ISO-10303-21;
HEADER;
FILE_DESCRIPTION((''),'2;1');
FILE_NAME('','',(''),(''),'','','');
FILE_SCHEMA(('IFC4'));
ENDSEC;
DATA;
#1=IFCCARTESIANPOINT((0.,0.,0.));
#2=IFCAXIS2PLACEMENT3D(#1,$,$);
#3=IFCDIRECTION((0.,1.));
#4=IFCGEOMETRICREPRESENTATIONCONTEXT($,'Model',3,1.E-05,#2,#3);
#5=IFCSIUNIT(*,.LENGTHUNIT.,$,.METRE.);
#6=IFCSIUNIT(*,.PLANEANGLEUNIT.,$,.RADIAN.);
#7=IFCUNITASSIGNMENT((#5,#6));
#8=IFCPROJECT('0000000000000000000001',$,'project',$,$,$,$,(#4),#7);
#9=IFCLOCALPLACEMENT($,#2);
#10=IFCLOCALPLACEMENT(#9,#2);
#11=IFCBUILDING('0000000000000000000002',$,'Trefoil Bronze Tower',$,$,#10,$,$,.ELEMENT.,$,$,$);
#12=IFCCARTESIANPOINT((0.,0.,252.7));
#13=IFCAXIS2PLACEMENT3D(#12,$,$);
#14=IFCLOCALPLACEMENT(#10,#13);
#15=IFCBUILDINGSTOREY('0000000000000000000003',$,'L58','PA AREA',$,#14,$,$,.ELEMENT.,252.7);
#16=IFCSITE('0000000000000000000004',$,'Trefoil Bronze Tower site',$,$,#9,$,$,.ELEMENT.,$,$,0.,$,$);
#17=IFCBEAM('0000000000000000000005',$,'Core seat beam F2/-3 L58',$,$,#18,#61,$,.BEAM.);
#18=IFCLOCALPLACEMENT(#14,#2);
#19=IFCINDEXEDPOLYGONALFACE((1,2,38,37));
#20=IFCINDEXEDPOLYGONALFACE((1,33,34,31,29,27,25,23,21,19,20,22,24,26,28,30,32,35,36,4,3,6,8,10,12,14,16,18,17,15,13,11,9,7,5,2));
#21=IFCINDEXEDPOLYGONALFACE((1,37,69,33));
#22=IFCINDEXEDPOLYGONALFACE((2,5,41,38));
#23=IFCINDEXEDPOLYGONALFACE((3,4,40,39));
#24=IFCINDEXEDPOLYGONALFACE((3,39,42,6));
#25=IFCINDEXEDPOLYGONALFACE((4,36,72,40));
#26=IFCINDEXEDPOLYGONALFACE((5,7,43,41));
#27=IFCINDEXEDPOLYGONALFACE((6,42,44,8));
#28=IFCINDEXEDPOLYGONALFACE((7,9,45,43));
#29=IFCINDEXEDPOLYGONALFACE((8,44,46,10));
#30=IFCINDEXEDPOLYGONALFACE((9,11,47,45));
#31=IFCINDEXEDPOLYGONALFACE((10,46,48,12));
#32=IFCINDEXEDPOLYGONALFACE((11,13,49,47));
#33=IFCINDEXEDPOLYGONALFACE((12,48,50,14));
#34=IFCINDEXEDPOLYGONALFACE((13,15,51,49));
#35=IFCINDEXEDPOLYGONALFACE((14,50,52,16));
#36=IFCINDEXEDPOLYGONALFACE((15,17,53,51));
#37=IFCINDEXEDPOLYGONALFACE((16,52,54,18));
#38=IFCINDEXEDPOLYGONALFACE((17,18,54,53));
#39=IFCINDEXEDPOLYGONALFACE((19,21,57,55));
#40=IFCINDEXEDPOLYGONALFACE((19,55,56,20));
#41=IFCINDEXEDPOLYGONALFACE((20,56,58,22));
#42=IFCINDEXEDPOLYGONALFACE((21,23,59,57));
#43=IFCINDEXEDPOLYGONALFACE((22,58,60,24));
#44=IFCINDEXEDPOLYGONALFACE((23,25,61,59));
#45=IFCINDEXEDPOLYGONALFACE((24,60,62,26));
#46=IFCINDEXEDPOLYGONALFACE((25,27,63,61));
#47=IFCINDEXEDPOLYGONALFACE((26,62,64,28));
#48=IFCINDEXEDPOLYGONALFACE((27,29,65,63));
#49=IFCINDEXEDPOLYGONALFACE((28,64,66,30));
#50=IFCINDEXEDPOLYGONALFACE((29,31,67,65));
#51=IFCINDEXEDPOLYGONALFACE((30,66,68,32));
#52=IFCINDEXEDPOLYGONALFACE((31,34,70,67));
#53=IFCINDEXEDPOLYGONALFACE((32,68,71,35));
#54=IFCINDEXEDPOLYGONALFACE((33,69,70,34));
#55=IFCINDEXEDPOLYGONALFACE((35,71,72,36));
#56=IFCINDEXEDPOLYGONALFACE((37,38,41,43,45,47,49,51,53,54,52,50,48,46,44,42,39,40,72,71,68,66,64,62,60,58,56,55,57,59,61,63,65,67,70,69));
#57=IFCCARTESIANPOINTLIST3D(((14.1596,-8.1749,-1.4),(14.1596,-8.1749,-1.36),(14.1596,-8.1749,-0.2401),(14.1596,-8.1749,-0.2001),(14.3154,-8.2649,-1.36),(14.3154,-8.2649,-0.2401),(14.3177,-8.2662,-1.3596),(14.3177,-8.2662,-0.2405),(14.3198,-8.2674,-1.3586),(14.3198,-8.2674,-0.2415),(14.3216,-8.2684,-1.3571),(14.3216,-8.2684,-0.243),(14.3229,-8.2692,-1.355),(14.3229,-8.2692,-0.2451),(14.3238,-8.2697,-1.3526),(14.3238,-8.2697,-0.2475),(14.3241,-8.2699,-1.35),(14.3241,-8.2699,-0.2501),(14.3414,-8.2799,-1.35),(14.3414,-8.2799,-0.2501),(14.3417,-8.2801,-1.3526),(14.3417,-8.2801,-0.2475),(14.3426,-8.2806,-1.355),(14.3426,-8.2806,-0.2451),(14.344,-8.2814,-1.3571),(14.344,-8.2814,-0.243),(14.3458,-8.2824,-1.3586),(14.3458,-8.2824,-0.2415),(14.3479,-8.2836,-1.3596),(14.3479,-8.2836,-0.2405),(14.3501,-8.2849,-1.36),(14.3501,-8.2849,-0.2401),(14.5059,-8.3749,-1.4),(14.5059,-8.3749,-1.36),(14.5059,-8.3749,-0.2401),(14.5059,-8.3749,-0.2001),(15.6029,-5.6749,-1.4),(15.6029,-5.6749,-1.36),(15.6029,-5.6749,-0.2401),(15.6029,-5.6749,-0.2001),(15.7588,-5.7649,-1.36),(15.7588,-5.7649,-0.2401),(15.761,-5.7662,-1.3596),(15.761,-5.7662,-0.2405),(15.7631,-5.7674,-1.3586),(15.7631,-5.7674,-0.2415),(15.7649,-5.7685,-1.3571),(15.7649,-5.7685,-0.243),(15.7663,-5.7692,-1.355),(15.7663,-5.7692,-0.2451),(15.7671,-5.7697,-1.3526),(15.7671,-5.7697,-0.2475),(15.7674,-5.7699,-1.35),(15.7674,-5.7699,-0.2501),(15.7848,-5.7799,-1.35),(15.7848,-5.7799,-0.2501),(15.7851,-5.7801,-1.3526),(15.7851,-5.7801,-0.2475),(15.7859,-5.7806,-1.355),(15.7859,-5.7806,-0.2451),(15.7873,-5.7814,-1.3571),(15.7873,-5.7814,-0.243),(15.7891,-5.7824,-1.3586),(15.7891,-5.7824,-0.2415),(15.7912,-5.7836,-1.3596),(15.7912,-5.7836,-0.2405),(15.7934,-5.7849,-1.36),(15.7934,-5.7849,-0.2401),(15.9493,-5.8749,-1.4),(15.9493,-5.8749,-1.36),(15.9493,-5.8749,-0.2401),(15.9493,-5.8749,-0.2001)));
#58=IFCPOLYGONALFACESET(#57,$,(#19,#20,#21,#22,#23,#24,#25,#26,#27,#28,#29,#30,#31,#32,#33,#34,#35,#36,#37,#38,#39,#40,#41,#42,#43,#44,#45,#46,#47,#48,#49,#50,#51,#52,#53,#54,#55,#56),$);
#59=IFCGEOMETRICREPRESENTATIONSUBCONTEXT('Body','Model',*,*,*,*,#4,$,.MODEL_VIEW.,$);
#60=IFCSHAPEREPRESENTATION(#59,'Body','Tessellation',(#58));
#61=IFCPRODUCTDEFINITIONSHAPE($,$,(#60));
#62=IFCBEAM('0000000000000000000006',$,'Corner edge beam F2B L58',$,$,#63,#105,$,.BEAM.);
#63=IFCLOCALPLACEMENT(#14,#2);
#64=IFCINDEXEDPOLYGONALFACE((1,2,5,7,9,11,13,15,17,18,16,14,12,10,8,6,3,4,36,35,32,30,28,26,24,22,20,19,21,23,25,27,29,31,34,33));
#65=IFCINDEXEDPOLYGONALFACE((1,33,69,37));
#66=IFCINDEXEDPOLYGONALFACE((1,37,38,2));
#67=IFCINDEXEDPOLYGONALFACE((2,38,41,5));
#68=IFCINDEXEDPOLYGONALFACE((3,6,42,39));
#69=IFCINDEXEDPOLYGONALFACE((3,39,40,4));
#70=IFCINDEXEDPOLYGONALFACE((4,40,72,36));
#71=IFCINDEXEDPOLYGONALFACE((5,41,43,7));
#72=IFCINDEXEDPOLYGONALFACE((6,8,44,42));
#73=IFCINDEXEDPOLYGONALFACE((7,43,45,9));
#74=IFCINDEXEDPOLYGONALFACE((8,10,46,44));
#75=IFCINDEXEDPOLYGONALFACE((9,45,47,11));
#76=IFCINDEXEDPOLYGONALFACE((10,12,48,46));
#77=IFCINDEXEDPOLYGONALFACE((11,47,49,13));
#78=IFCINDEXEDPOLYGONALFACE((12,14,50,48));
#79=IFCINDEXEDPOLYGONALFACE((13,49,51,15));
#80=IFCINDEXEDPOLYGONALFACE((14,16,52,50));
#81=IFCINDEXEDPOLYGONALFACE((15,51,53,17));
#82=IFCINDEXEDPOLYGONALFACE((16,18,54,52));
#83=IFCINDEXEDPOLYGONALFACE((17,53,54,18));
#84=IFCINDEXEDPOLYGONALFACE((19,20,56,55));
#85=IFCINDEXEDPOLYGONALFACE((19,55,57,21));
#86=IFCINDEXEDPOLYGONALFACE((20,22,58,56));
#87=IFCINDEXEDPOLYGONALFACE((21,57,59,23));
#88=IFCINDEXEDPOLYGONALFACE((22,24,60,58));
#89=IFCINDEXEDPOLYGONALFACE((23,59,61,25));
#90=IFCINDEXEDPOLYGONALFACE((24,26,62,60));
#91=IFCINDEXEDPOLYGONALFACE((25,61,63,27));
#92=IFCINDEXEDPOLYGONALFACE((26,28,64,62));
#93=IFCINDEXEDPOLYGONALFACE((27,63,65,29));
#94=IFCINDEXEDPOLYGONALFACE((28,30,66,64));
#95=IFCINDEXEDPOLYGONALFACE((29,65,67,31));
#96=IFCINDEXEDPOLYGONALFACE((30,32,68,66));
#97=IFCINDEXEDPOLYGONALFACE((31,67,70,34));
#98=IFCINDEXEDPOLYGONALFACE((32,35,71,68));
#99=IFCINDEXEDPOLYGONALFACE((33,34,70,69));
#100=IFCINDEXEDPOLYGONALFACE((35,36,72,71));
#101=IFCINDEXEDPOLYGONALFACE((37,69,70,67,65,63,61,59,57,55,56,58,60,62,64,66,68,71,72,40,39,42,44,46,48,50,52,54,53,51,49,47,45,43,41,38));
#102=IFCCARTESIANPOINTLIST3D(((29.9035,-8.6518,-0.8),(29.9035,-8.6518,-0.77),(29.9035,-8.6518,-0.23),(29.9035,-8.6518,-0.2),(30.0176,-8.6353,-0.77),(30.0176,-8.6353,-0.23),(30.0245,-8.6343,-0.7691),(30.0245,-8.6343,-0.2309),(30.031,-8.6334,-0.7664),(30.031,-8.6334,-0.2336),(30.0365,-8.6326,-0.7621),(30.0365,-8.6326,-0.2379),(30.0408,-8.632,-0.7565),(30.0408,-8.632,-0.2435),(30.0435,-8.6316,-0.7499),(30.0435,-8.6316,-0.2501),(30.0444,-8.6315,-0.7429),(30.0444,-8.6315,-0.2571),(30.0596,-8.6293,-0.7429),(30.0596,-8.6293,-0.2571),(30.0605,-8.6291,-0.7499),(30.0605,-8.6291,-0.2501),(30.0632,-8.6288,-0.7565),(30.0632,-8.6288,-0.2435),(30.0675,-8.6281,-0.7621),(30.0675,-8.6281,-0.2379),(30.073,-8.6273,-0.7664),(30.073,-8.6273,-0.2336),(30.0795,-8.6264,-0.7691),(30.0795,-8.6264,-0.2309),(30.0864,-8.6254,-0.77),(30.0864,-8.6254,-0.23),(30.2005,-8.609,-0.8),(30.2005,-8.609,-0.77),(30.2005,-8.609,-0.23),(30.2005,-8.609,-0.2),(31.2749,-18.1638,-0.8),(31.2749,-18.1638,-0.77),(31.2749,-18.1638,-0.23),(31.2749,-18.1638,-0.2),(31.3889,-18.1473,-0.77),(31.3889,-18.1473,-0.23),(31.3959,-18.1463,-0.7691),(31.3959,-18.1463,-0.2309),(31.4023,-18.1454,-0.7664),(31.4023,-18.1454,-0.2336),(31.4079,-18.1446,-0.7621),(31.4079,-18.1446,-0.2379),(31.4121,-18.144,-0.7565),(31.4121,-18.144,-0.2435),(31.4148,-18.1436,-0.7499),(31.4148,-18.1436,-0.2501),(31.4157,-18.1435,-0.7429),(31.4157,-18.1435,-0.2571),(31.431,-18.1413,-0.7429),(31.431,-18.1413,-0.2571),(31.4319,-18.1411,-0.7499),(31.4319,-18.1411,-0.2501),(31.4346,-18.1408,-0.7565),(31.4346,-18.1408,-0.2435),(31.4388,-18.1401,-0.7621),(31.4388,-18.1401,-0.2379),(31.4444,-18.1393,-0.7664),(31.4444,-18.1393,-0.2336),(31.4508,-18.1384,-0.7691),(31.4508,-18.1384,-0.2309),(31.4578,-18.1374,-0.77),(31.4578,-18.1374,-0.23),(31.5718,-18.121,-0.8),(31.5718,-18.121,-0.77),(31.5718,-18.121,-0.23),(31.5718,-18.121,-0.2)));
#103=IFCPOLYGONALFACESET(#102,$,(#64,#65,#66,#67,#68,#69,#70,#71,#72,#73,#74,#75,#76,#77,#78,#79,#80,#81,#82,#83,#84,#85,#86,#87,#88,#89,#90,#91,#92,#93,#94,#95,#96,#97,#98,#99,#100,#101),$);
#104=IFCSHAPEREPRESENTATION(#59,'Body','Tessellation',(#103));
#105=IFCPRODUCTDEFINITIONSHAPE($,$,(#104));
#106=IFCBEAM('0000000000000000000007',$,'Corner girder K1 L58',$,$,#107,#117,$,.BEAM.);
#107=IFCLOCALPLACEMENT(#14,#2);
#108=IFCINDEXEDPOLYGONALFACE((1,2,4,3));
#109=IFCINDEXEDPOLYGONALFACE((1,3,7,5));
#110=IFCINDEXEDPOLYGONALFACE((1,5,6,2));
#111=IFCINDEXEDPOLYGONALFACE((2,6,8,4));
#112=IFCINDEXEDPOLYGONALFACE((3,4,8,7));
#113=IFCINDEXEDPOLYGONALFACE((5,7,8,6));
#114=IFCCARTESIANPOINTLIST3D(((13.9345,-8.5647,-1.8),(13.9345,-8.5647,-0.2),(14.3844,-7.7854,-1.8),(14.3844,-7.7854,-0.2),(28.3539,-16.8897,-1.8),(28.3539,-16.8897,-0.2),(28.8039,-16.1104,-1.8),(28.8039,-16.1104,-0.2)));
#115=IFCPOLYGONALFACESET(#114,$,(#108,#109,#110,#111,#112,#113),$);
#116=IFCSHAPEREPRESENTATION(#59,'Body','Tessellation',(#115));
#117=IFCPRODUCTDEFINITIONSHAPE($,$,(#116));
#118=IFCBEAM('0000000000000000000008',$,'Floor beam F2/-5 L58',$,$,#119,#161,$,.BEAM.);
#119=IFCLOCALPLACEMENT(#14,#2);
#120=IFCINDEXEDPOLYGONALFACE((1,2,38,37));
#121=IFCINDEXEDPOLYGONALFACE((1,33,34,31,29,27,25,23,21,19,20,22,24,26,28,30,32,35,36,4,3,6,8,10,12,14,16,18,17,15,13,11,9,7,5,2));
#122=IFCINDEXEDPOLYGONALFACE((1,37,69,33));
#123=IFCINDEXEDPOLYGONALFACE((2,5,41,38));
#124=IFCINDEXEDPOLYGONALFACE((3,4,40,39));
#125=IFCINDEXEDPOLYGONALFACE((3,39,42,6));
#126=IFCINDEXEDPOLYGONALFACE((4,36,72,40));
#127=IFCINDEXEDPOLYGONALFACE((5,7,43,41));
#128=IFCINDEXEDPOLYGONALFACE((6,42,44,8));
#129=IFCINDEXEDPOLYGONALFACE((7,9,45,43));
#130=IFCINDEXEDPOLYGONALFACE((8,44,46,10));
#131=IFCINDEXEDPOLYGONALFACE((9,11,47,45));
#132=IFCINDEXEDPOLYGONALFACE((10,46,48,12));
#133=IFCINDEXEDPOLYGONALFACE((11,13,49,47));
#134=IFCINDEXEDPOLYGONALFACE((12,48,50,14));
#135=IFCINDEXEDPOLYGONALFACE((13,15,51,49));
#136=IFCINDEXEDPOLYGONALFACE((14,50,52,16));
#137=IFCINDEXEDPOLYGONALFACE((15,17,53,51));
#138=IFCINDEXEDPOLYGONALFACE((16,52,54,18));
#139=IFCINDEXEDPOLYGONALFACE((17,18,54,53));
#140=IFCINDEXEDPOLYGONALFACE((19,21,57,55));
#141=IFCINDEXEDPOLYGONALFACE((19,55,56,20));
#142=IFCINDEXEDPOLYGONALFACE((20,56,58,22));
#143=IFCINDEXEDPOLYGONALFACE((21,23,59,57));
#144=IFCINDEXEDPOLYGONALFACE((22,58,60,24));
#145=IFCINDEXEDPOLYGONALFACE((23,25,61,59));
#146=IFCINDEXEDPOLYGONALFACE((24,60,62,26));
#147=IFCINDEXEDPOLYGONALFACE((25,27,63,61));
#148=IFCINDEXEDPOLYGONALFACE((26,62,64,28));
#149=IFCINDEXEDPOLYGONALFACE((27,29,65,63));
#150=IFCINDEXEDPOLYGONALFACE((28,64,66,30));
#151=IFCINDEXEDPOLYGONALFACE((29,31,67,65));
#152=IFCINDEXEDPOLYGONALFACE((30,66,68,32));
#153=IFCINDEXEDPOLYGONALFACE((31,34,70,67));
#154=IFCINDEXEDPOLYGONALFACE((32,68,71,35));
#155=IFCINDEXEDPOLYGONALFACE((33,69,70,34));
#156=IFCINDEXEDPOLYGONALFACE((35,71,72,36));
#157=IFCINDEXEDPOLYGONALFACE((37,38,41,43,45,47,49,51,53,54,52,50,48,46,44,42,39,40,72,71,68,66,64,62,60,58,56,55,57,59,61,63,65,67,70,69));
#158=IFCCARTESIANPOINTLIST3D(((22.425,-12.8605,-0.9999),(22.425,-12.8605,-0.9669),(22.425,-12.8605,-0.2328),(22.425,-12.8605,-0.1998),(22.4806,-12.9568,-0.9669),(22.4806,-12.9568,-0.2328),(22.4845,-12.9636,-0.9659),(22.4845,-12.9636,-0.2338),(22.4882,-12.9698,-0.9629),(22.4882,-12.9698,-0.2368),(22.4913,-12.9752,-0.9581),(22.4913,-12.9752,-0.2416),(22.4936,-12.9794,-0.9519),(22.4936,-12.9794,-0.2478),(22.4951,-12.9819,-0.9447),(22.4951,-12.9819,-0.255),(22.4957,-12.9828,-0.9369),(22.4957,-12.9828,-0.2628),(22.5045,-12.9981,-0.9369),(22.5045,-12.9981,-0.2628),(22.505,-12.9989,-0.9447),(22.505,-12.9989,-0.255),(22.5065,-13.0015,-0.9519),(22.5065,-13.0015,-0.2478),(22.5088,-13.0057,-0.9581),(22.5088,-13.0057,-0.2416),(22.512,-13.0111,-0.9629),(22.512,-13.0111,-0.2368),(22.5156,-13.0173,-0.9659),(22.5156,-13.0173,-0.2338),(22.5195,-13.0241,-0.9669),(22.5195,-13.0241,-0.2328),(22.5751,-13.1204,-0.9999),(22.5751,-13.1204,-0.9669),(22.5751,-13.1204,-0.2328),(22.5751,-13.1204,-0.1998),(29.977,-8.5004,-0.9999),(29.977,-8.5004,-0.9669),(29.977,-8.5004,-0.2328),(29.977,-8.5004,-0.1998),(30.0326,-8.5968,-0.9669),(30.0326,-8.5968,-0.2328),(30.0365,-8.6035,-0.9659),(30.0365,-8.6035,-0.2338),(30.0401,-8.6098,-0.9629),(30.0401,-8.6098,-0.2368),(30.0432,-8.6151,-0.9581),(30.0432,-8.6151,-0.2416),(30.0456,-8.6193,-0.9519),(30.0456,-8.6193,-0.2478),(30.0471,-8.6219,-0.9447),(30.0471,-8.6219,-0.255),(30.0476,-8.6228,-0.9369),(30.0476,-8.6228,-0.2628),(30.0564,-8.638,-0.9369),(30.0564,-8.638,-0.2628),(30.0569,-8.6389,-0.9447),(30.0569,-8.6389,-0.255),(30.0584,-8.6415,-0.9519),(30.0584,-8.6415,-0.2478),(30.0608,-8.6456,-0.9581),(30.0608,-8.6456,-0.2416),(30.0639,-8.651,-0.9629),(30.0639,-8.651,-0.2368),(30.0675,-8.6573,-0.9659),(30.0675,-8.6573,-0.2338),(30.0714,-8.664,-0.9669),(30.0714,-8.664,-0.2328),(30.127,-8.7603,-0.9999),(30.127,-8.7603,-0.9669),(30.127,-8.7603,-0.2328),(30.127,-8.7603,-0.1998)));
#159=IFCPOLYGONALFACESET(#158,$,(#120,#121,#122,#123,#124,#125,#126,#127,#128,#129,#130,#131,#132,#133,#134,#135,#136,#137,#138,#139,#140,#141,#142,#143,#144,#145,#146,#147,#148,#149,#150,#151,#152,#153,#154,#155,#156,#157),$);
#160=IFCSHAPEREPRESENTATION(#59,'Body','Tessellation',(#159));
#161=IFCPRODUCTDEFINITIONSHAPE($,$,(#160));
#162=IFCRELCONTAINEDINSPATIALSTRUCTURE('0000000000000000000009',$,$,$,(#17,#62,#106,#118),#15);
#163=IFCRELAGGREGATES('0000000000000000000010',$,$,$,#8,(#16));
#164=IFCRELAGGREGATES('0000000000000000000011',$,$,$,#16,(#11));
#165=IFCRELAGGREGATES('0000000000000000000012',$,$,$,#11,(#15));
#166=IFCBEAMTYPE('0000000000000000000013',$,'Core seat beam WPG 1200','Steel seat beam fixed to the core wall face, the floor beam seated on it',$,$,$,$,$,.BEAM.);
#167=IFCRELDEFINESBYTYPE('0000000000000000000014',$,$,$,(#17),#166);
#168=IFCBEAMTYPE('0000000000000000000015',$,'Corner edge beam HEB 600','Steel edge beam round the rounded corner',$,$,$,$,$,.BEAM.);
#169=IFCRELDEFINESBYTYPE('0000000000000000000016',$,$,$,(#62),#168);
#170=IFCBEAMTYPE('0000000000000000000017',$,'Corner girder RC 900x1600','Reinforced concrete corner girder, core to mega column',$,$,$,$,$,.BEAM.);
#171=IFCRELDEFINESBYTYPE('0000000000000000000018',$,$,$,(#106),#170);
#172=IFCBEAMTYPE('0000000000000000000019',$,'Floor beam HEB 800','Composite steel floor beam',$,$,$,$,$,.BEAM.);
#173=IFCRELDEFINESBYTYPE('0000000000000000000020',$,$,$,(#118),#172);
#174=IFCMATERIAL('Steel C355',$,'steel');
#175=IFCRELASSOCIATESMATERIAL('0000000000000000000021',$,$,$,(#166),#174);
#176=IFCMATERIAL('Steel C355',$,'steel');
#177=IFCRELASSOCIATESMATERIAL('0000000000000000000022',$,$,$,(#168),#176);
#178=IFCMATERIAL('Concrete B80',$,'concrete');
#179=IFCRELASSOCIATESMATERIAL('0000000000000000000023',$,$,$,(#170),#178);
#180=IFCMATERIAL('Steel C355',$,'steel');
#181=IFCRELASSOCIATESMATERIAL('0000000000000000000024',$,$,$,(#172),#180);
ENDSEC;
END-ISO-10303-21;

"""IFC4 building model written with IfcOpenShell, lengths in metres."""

from ifc_helpers import new_model, si_unit, direction, frame, origin, origin_2d, place, context, subcontext, project, spatial, rectangle, i_section, extrude, material, material_profile, profile_set, type_object, element, save


model = new_model("IFC4")

# Units and contexts
model_context = context("Model", 3, precision=1e-05, world=origin(), true_north=direction((0.0, 1.0)))
body_context = subcontext(model_context, "Body", "Model", "MODEL_VIEW")
ifc_project = project(units=[si_unit("LENGTHUNIT", "METRE"), si_unit("PLANEANGLEUNIT", "RADIAN")], contexts=[model_context])

# Site, building, storey
site_placement = place(None, origin())
site = spatial("IfcSite", under=ifc_project, at=site_placement, Name="Trefoil Bronze Tower site", CompositionType="ELEMENT", RefElevation=0.0)
building_placement = place(site_placement, origin())
building = spatial("IfcBuilding", under=site, at=building_placement, Name="Trefoil Bronze Tower", CompositionType="ELEMENT")
storey_placement = place(building_placement, frame((0.0, 0.0, 252.7)))
storey = spatial("IfcBuildingStorey", under=building, at=storey_placement, Name="L58", Description="PA AREA", CompositionType="ELEMENT", Elevation=252.7)

# Beams
ifc_material_1 = material(Name="Steel C355", Category="steel")
ifc_material_profile_1 = material_profile(ifc_material_1, i_section(OverallWidth=0.3999, OverallDepth=1.2, WebThickness=0.02, FlangeThickness=0.04, FilletRadius=0.01, at=origin_2d()), Name="WPG 1200")
ifc_profile_set_1 = profile_set([ifc_material_profile_1], Name="Steel C355")
beam_type_1 = type_object("IfcBeamType", Name="Core seat beam WPG 1200", Description="Steel seat beam fixed to the core wall face, the floor beam seated on it", PredefinedType="BEAM", material=ifc_profile_set_1)
beam_1_placement = place(storey_placement, frame((14.3328, -8.2749, -0.8), z_axis=(0.499996, 0.866028, 0.0), x_axis=(-0.866028, 0.499996, 0.0)))
element("IfcBeam", 1, at=beam_1_placement, inside=storey, type_object=beam_type_1, Name="Core seat beam F2/-3 L58", PredefinedType="BEAM", context=body_context, shape_type="SweptSolid", body=[
    extrude(i_section(OverallWidth=0.3999, OverallDepth=1.2, WebThickness=0.02, FlangeThickness=0.04, FilletRadius=0.01, at=origin_2d()), origin(), (0.0, 0.0, 1.0), 2.8867),
])
ifc_material_2 = material(Name="Steel C355", Category="steel")
ifc_material_profile_2 = material_profile(ifc_material_2, i_section(OverallWidth=0.3, OverallDepth=0.6001, WebThickness=0.0154, FlangeThickness=0.03, FilletRadius=0.0271, at=origin_2d()), Name="HEB 600")
ifc_profile_set_2 = profile_set([ifc_material_profile_2], Name="Steel C355")
beam_type_2 = type_object("IfcBeamType", Name="Corner edge beam HEB 600", Description="Steel edge beam round the rounded corner", PredefinedType="BEAM", material=ifc_profile_set_2)
beam_2_placement = place(storey_placement, frame((30.052, -8.6304, -0.5), z_axis=(0.142694, -0.989767, 0.0), x_axis=(0.989767, 0.142694, 0.0)))
element("IfcBeam", 2, at=beam_2_placement, inside=storey, type_object=beam_type_2, Name="Corner edge beam F2B L58", PredefinedType="BEAM", context=body_context, shape_type="SweptSolid", body=[
    extrude(i_section(OverallWidth=0.3, OverallDepth=0.6001, WebThickness=0.0154, FlangeThickness=0.03, FilletRadius=0.0271, at=origin_2d()), origin(), (0.0, 0.0, 1.0), 9.6104),
])
ifc_material_3 = material(Name="Concrete B80", Category="concrete")
ifc_material_profile_3 = material_profile(ifc_material_3, rectangle(XDim=0.8999, YDim=1.6001, at=origin_2d()), Name="RC 900x1600")
ifc_profile_set_3 = profile_set([ifc_material_profile_3], Name="Concrete B80")
beam_type_3 = type_object("IfcBeamType", Name="Corner girder RC 900x1600", Description="Reinforced concrete corner girder, core to mega column", PredefinedType="BEAM", material=ifc_profile_set_3)
beam_3_placement = place(storey_placement, frame((14.1594, -8.175, -1.0), z_axis=(0.866028, -0.499995, 0.0), x_axis=(0.499995, 0.866028, 0.0)))
element("IfcBeam", 3, at=beam_3_placement, inside=storey, type_object=beam_type_3, Name="Corner girder K1 L58", PredefinedType="BEAM", context=body_context, shape_type="SweptSolid", body=[
    extrude(rectangle(XDim=0.8999, YDim=1.6001, at=origin_2d()), origin(), (0.0, 0.0, 1.0), 16.6501),
])
ifc_material_4 = material(Name="Steel C355", Category="steel")
ifc_material_profile_4 = material_profile(ifc_material_4, i_section(OverallWidth=0.3, OverallDepth=0.8, WebThickness=0.0176, FlangeThickness=0.033, FilletRadius=0.03, at=origin_2d()), Name="HEB 800")
ifc_profile_set_4 = profile_set([ifc_material_profile_4], Name="Steel C355")
beam_type_4 = type_object("IfcBeamType", Name="Floor beam HEB 800", Description="Composite steel floor beam", PredefinedType="BEAM", material=ifc_profile_set_4)
beam_4_placement = place(storey_placement, frame((30.052, -8.6304, -0.5999), z_axis=(-0.866028, -0.499996, 0.0), x_axis=(0.499996, -0.866028, 0.0)))
element("IfcBeam", 4, at=beam_4_placement, inside=storey, type_object=beam_type_4, Name="Floor beam F2/-5 L58", PredefinedType="BEAM", context=body_context, shape_type="SweptSolid", body=[
    extrude(i_section(OverallWidth=0.3, OverallDepth=0.8, WebThickness=0.0176, FlangeThickness=0.033, FilletRadius=0.03, at=origin_2d()), origin(), (0.0, 0.0, 1.0), 8.7202),
])

save(model, "model.ifc")
